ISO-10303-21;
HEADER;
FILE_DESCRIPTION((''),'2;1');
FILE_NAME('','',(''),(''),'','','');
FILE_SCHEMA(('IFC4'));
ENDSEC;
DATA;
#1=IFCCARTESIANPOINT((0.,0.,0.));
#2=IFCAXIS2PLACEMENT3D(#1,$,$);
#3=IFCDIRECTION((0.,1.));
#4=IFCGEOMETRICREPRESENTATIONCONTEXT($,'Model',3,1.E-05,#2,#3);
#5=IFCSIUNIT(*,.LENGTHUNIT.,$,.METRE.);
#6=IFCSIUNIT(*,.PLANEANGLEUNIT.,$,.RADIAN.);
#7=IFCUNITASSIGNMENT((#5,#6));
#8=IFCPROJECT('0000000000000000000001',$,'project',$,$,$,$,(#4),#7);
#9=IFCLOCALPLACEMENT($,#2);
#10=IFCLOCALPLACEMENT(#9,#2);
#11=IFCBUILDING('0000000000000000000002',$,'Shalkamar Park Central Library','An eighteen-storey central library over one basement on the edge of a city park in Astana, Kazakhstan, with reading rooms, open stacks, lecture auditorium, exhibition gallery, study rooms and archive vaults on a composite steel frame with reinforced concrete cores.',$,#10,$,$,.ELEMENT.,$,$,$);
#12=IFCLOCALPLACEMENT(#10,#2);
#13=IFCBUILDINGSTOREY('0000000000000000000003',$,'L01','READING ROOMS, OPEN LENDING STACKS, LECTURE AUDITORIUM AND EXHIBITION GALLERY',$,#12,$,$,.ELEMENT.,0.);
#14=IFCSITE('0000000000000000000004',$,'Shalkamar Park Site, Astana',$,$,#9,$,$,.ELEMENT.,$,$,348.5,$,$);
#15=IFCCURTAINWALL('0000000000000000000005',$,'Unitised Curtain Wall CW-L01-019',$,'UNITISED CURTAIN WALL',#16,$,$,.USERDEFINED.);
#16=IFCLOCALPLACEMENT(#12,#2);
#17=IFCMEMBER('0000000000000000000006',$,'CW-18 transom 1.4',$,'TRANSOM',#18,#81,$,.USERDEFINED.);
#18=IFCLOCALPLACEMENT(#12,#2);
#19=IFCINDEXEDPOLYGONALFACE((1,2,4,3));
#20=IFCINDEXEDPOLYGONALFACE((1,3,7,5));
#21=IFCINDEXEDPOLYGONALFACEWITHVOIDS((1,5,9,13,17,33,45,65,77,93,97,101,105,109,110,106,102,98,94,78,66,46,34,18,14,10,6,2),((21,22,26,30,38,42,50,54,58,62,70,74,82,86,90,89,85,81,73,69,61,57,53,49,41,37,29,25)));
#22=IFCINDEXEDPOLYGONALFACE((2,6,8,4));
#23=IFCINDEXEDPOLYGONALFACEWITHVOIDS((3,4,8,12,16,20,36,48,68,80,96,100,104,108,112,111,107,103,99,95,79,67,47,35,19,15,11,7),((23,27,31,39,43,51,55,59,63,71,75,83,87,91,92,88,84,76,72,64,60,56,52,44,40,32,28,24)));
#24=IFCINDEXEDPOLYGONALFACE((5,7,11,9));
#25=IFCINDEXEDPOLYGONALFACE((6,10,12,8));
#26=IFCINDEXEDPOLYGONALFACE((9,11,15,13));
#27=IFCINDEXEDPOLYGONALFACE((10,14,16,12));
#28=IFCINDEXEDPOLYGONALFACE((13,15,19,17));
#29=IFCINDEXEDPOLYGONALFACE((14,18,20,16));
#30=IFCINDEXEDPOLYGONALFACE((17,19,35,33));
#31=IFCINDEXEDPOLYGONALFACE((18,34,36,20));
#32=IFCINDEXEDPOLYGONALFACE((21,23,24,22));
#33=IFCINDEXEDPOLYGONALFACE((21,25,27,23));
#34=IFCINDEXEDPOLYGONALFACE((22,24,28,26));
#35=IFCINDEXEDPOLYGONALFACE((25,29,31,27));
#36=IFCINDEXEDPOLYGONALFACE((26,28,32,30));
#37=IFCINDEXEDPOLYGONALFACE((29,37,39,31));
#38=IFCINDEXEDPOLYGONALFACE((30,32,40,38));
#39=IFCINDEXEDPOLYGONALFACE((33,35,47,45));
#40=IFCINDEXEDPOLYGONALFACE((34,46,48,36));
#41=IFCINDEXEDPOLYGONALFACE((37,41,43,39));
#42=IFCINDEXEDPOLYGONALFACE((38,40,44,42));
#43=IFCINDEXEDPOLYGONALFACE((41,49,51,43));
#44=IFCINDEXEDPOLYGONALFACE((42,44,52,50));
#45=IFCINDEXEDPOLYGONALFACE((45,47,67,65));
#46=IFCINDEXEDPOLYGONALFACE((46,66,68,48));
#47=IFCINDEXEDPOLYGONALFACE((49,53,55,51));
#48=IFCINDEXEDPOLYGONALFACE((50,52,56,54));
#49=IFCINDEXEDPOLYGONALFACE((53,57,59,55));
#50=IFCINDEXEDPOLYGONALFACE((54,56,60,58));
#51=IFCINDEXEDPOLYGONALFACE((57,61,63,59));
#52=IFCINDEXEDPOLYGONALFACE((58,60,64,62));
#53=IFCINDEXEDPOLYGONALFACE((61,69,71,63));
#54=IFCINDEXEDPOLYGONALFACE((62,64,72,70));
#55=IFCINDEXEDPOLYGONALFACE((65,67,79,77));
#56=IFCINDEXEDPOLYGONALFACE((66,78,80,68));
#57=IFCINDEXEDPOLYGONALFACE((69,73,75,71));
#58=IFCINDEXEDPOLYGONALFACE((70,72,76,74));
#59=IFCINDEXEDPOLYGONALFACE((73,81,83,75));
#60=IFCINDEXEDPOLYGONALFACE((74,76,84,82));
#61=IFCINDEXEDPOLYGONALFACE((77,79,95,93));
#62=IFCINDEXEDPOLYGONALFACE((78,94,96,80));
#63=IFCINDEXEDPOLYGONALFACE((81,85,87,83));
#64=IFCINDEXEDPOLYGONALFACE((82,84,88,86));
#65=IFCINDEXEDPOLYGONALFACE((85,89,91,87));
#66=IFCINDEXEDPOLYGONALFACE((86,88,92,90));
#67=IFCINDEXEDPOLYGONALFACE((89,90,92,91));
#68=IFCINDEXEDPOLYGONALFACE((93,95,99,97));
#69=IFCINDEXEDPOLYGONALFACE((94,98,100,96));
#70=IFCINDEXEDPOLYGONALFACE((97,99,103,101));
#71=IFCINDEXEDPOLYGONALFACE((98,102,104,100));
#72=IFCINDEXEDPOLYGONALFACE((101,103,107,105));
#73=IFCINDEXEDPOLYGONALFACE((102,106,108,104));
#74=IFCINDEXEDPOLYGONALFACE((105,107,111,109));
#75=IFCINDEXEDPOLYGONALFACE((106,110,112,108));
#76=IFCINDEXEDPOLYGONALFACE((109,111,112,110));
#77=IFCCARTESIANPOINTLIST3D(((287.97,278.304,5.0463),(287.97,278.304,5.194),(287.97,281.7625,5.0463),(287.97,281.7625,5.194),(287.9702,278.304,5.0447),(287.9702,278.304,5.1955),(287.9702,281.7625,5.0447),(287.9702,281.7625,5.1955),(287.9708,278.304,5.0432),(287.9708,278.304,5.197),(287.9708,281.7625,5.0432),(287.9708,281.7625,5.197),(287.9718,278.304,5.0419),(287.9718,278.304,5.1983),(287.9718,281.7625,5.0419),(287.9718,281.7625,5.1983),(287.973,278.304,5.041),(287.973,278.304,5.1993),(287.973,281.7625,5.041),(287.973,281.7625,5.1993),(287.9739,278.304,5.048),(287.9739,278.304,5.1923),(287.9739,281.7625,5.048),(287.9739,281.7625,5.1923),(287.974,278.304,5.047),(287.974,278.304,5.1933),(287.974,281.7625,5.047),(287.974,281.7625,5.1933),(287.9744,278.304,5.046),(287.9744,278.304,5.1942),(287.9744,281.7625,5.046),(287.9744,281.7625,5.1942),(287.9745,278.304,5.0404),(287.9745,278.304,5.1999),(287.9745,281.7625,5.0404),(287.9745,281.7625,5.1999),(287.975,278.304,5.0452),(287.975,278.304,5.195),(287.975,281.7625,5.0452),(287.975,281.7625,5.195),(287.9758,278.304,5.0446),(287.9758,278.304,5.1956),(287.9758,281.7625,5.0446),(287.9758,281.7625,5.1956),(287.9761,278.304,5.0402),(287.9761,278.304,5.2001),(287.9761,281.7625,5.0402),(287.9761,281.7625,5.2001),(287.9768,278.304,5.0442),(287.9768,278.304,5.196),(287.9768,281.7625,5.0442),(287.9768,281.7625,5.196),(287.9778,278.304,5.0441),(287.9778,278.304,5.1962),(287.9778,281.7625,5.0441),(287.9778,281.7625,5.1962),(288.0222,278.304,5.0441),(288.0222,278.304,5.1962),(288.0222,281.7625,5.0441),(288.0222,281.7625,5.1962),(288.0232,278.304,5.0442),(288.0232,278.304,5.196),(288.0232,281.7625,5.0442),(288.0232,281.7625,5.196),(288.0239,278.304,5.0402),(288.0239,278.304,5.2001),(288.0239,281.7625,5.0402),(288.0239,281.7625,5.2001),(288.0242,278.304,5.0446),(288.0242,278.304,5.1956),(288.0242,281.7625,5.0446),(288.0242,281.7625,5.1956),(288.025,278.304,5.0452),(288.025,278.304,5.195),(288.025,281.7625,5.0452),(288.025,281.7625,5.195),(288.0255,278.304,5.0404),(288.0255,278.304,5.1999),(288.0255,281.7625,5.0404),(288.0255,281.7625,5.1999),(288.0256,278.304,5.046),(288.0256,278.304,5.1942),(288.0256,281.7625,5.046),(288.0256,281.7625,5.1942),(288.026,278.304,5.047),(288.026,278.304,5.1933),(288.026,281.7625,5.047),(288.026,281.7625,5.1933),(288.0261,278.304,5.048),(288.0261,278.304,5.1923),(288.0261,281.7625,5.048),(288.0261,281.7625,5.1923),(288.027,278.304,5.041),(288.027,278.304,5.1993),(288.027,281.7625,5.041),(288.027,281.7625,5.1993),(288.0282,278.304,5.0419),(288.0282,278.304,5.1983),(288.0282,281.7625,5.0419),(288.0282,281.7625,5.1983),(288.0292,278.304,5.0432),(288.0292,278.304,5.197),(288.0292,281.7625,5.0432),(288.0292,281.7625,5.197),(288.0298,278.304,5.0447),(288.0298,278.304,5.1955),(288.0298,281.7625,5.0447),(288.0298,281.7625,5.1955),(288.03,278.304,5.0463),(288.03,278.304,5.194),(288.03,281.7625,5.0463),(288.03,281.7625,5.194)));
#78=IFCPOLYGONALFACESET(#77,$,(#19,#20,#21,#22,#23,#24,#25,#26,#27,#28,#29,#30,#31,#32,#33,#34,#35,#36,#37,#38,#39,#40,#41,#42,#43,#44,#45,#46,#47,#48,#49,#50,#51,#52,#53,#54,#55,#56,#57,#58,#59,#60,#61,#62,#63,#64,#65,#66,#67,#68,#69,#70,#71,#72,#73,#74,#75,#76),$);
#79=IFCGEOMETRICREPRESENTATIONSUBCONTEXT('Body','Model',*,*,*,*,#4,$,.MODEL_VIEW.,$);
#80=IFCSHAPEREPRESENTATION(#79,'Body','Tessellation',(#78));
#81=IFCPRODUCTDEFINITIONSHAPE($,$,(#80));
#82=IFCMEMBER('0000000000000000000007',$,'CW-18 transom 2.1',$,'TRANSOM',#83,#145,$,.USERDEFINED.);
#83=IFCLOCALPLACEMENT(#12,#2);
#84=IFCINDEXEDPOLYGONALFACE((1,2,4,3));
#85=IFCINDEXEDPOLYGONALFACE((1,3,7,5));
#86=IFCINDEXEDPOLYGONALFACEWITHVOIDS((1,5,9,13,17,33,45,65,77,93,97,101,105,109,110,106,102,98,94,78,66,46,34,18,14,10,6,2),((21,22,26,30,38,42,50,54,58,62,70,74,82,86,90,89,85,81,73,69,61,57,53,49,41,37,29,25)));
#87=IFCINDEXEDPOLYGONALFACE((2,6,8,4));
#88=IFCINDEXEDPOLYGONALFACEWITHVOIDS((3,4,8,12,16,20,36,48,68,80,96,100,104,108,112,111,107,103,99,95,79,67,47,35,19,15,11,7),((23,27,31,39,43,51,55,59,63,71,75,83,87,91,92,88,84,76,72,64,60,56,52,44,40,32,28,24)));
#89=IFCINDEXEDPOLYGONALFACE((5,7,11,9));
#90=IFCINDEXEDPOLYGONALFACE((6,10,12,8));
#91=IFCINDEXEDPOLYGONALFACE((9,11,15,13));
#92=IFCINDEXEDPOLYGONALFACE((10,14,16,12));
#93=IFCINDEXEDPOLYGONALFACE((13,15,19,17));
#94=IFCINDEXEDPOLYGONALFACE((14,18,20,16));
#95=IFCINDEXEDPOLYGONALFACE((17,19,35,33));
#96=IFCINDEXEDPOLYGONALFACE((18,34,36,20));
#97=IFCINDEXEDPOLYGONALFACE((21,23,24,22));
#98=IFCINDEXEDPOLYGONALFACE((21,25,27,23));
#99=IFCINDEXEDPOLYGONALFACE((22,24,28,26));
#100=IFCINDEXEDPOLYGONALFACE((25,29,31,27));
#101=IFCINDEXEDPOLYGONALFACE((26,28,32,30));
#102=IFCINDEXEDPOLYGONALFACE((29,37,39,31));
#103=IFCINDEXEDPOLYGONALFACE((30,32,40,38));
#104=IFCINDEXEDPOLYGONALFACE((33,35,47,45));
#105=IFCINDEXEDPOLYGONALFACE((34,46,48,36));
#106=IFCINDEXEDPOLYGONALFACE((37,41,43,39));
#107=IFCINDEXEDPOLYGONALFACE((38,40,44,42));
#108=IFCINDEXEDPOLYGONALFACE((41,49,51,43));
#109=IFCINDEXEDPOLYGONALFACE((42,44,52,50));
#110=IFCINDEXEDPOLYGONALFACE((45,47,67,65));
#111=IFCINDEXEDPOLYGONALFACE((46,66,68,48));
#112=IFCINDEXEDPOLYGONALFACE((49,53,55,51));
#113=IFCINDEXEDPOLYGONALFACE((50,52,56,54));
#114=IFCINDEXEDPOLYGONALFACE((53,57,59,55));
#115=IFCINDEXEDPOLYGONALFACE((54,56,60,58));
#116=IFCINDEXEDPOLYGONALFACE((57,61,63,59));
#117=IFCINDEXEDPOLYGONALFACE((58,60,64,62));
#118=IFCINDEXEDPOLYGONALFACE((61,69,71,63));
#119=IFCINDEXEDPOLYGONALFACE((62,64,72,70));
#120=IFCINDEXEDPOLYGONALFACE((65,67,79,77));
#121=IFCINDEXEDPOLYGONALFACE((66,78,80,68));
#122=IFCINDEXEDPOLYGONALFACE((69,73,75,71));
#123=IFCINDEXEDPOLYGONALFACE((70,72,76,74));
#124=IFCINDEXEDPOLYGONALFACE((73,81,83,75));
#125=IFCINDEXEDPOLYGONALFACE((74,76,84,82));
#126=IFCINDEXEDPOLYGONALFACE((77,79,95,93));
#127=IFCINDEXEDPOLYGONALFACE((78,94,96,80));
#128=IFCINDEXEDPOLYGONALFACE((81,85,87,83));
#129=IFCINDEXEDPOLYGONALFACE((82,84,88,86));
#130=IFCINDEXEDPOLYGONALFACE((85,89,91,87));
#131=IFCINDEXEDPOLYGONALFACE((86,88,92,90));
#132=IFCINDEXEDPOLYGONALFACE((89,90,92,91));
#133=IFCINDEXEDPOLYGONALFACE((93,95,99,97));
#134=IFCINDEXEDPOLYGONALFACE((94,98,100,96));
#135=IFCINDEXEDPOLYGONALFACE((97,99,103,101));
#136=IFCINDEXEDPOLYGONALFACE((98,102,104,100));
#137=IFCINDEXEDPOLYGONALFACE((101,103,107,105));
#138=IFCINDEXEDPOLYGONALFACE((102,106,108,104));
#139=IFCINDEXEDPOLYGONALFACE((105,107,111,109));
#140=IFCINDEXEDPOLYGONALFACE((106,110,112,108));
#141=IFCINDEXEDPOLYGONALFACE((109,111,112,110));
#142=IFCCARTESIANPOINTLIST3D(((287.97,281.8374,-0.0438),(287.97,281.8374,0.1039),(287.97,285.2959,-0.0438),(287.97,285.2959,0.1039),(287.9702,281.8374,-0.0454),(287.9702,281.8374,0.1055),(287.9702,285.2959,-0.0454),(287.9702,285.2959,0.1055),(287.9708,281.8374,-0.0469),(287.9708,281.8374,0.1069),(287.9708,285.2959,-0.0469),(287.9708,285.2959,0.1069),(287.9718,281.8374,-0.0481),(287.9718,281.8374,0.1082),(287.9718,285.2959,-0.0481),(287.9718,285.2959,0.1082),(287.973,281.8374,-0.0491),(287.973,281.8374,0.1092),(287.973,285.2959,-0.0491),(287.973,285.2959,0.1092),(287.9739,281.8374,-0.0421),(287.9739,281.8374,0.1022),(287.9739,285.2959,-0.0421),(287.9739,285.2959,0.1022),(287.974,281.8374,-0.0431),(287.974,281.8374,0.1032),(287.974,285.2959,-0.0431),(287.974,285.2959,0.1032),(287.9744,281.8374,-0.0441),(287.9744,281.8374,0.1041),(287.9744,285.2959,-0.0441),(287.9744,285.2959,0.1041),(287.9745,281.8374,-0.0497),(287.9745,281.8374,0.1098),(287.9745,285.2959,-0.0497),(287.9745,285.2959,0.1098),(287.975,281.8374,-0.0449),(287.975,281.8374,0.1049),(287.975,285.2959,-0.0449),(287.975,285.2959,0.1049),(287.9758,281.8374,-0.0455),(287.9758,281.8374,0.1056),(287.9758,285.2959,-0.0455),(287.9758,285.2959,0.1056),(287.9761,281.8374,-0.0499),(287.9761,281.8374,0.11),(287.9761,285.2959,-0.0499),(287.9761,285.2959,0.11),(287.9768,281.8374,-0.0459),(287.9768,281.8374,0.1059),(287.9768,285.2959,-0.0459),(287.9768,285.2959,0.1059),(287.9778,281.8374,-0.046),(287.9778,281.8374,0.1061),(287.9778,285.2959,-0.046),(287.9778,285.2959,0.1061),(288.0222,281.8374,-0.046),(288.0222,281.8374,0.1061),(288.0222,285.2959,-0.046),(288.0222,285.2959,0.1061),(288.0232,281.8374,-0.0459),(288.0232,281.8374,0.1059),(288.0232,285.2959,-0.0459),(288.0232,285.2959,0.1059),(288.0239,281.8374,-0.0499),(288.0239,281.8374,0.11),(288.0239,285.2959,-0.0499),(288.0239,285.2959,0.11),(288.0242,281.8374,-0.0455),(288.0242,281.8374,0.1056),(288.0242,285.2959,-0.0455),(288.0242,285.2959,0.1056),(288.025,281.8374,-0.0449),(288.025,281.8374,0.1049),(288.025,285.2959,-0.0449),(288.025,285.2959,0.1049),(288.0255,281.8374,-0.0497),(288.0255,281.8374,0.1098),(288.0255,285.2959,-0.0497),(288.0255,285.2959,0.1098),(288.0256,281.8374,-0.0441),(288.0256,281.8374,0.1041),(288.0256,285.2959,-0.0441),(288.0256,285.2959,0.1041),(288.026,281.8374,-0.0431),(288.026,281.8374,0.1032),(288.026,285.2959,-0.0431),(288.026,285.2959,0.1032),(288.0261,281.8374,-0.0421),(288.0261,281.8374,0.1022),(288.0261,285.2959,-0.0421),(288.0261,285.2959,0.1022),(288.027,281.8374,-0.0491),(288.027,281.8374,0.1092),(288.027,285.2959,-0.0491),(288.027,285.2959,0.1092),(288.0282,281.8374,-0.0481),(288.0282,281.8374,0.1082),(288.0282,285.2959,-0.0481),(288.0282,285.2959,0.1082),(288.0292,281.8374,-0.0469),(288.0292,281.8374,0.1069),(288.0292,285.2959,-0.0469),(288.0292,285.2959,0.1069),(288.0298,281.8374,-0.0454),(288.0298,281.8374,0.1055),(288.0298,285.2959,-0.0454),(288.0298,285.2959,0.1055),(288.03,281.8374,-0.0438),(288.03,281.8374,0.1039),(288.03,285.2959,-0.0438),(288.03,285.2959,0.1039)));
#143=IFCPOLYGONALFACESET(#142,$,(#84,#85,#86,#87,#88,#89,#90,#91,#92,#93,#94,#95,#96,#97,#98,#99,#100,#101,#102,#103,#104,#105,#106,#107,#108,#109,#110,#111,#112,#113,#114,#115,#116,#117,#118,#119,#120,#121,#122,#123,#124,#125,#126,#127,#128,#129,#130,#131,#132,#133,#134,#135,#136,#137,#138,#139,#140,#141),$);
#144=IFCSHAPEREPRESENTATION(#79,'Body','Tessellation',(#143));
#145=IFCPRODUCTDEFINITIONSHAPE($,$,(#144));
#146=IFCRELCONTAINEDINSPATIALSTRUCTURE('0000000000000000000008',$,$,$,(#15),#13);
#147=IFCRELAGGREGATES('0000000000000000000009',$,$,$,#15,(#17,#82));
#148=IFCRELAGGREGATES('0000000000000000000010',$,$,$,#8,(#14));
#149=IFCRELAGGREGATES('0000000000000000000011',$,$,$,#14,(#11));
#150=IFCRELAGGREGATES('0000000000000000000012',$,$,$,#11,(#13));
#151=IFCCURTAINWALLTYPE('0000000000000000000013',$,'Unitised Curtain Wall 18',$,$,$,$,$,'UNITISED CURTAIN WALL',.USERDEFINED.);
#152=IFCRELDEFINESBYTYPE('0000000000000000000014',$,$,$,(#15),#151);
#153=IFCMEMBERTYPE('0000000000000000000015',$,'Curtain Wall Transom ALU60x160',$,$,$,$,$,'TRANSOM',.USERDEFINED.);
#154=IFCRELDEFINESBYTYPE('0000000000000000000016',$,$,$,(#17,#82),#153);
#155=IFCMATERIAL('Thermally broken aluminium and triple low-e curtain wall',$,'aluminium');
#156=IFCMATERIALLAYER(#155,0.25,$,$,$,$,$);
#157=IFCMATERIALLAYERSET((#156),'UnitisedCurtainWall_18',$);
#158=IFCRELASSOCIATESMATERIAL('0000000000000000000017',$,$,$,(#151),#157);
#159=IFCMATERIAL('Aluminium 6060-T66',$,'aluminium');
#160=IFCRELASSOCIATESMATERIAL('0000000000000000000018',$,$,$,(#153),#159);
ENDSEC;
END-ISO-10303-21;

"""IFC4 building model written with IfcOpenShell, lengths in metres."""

from ifc_helpers import new_model, si_unit, direction, frame, origin, origin_2d, place, context, subcontext, project, spatial, hollow_rectangle, extrude, material, layer, layer_set, material_profile, profile_set, type_object, element, aggregate, save


model = new_model("IFC4")

# Units and contexts
model_context = context("Model", 3, precision=1e-05, world=origin(), true_north=direction((0.0, 1.0)))
body_context = subcontext(model_context, "Body", "Model", "MODEL_VIEW")
ifc_project = project(units=[si_unit("LENGTHUNIT", "METRE"), si_unit("PLANEANGLEUNIT", "RADIAN")], contexts=[model_context])

# Site, building, storey
site_placement = place(None, origin())
site = spatial("IfcSite", under=ifc_project, at=site_placement, Name="Shalkamar Park Site, Astana", CompositionType="ELEMENT", RefElevation=348.5)
building_placement = place(site_placement, origin())
building = spatial("IfcBuilding", under=site, at=building_placement, Name="Shalkamar Park Central Library", Description="An eighteen-storey central library over one basement on the edge of a city park in Astana, Kazakhstan, with reading rooms, open stacks, lecture auditorium, exhibition gallery, study rooms and archive vaults on a composite steel frame with reinforced concrete cores.", CompositionType="ELEMENT")
storey_placement = place(building_placement, origin())
storey = spatial("IfcBuildingStorey", under=building, at=storey_placement, Name="L01", Description="READING ROOMS, OPEN LENDING STACKS, LECTURE AUDITORIUM AND EXHIBITION GALLERY", CompositionType="ELEMENT", Elevation=0.0)

# Curtain wall, members
ifc_material_1 = material(Name="Thermally broken aluminium and triple low-e curtain wall", Category="aluminium")
ifc_layer_1 = layer(ifc_material_1, 0.25)
ifc_layer_set_1 = layer_set([ifc_layer_1], Name="UnitisedCurtainWall_18")
curtain_wall_type = type_object("IfcCurtainWallType", Name="Unitised Curtain Wall 18", ElementType="UNITISED CURTAIN WALL", PredefinedType="USERDEFINED", material=ifc_layer_set_1)
curtain_wall_placement = place(storey_placement, origin())
curtain_wall = element("IfcCurtainWall", 1, at=curtain_wall_placement, inside=storey, type_object=curtain_wall_type, Name="Unitised Curtain Wall CW-L01-019", ObjectType="UNITISED CURTAIN WALL", PredefinedType="USERDEFINED")
ifc_material_2 = material(Name="Aluminium 6060-T66", Category="aluminium")
ifc_material_profile_1 = material_profile(ifc_material_2, hollow_rectangle(XDim=0.0601, YDim=0.1599, WallThickness=0.0039, InnerFilletRadius=0.0039, OuterFilletRadius=0.0061, at=origin_2d()), Name="ALU 60x160x4")
ifc_profile_set_1 = profile_set([ifc_material_profile_1], Name="Aluminium 6060-T66")
member_type_1 = type_object("IfcMemberType", Name="Curtain Wall Transom ALU60x160", ElementType="TRANSOM", PredefinedType="USERDEFINED", material=ifc_profile_set_1)
member_1_placement = place(storey_placement, frame((288.0, 278.304, 5.1201), z_axis=(0.0, 1.0, 0.0), x_axis=(-1.0, 0.0, 0.0)))
member_1 = element("IfcMember", 2, at=member_1_placement, type_object=member_type_1, Name="CW-18 transom 1.4", ObjectType="TRANSOM", PredefinedType="USERDEFINED", context=body_context, shape_type="SweptSolid", body=[
    extrude(hollow_rectangle(XDim=0.0601, YDim=0.1599, WallThickness=0.0039, InnerFilletRadius=0.0039, OuterFilletRadius=0.0061, at=origin_2d()), origin(), (0.0, 0.0, 1.0), 3.4585),
])
member_2_placement = place(storey_placement, frame((288.0, 281.8374, 0.03), z_axis=(0.0, 1.0, 0.0), x_axis=(-1.0, 0.0, 0.0)))
member_2 = element("IfcMember", 3, at=member_2_placement, type_object=member_type_1, Name="CW-18 transom 2.1", ObjectType="TRANSOM", PredefinedType="USERDEFINED", context=body_context, shape_type="SweptSolid", body=[
    extrude(hollow_rectangle(XDim=0.0601, YDim=0.1599, WallThickness=0.0039, InnerFilletRadius=0.0039, OuterFilletRadius=0.0061, at=origin_2d()), origin(), (0.0, 0.0, 1.0), 3.4585),
])

aggregate(curtain_wall, [member_1, member_2])

save(model, "model.ifc")
